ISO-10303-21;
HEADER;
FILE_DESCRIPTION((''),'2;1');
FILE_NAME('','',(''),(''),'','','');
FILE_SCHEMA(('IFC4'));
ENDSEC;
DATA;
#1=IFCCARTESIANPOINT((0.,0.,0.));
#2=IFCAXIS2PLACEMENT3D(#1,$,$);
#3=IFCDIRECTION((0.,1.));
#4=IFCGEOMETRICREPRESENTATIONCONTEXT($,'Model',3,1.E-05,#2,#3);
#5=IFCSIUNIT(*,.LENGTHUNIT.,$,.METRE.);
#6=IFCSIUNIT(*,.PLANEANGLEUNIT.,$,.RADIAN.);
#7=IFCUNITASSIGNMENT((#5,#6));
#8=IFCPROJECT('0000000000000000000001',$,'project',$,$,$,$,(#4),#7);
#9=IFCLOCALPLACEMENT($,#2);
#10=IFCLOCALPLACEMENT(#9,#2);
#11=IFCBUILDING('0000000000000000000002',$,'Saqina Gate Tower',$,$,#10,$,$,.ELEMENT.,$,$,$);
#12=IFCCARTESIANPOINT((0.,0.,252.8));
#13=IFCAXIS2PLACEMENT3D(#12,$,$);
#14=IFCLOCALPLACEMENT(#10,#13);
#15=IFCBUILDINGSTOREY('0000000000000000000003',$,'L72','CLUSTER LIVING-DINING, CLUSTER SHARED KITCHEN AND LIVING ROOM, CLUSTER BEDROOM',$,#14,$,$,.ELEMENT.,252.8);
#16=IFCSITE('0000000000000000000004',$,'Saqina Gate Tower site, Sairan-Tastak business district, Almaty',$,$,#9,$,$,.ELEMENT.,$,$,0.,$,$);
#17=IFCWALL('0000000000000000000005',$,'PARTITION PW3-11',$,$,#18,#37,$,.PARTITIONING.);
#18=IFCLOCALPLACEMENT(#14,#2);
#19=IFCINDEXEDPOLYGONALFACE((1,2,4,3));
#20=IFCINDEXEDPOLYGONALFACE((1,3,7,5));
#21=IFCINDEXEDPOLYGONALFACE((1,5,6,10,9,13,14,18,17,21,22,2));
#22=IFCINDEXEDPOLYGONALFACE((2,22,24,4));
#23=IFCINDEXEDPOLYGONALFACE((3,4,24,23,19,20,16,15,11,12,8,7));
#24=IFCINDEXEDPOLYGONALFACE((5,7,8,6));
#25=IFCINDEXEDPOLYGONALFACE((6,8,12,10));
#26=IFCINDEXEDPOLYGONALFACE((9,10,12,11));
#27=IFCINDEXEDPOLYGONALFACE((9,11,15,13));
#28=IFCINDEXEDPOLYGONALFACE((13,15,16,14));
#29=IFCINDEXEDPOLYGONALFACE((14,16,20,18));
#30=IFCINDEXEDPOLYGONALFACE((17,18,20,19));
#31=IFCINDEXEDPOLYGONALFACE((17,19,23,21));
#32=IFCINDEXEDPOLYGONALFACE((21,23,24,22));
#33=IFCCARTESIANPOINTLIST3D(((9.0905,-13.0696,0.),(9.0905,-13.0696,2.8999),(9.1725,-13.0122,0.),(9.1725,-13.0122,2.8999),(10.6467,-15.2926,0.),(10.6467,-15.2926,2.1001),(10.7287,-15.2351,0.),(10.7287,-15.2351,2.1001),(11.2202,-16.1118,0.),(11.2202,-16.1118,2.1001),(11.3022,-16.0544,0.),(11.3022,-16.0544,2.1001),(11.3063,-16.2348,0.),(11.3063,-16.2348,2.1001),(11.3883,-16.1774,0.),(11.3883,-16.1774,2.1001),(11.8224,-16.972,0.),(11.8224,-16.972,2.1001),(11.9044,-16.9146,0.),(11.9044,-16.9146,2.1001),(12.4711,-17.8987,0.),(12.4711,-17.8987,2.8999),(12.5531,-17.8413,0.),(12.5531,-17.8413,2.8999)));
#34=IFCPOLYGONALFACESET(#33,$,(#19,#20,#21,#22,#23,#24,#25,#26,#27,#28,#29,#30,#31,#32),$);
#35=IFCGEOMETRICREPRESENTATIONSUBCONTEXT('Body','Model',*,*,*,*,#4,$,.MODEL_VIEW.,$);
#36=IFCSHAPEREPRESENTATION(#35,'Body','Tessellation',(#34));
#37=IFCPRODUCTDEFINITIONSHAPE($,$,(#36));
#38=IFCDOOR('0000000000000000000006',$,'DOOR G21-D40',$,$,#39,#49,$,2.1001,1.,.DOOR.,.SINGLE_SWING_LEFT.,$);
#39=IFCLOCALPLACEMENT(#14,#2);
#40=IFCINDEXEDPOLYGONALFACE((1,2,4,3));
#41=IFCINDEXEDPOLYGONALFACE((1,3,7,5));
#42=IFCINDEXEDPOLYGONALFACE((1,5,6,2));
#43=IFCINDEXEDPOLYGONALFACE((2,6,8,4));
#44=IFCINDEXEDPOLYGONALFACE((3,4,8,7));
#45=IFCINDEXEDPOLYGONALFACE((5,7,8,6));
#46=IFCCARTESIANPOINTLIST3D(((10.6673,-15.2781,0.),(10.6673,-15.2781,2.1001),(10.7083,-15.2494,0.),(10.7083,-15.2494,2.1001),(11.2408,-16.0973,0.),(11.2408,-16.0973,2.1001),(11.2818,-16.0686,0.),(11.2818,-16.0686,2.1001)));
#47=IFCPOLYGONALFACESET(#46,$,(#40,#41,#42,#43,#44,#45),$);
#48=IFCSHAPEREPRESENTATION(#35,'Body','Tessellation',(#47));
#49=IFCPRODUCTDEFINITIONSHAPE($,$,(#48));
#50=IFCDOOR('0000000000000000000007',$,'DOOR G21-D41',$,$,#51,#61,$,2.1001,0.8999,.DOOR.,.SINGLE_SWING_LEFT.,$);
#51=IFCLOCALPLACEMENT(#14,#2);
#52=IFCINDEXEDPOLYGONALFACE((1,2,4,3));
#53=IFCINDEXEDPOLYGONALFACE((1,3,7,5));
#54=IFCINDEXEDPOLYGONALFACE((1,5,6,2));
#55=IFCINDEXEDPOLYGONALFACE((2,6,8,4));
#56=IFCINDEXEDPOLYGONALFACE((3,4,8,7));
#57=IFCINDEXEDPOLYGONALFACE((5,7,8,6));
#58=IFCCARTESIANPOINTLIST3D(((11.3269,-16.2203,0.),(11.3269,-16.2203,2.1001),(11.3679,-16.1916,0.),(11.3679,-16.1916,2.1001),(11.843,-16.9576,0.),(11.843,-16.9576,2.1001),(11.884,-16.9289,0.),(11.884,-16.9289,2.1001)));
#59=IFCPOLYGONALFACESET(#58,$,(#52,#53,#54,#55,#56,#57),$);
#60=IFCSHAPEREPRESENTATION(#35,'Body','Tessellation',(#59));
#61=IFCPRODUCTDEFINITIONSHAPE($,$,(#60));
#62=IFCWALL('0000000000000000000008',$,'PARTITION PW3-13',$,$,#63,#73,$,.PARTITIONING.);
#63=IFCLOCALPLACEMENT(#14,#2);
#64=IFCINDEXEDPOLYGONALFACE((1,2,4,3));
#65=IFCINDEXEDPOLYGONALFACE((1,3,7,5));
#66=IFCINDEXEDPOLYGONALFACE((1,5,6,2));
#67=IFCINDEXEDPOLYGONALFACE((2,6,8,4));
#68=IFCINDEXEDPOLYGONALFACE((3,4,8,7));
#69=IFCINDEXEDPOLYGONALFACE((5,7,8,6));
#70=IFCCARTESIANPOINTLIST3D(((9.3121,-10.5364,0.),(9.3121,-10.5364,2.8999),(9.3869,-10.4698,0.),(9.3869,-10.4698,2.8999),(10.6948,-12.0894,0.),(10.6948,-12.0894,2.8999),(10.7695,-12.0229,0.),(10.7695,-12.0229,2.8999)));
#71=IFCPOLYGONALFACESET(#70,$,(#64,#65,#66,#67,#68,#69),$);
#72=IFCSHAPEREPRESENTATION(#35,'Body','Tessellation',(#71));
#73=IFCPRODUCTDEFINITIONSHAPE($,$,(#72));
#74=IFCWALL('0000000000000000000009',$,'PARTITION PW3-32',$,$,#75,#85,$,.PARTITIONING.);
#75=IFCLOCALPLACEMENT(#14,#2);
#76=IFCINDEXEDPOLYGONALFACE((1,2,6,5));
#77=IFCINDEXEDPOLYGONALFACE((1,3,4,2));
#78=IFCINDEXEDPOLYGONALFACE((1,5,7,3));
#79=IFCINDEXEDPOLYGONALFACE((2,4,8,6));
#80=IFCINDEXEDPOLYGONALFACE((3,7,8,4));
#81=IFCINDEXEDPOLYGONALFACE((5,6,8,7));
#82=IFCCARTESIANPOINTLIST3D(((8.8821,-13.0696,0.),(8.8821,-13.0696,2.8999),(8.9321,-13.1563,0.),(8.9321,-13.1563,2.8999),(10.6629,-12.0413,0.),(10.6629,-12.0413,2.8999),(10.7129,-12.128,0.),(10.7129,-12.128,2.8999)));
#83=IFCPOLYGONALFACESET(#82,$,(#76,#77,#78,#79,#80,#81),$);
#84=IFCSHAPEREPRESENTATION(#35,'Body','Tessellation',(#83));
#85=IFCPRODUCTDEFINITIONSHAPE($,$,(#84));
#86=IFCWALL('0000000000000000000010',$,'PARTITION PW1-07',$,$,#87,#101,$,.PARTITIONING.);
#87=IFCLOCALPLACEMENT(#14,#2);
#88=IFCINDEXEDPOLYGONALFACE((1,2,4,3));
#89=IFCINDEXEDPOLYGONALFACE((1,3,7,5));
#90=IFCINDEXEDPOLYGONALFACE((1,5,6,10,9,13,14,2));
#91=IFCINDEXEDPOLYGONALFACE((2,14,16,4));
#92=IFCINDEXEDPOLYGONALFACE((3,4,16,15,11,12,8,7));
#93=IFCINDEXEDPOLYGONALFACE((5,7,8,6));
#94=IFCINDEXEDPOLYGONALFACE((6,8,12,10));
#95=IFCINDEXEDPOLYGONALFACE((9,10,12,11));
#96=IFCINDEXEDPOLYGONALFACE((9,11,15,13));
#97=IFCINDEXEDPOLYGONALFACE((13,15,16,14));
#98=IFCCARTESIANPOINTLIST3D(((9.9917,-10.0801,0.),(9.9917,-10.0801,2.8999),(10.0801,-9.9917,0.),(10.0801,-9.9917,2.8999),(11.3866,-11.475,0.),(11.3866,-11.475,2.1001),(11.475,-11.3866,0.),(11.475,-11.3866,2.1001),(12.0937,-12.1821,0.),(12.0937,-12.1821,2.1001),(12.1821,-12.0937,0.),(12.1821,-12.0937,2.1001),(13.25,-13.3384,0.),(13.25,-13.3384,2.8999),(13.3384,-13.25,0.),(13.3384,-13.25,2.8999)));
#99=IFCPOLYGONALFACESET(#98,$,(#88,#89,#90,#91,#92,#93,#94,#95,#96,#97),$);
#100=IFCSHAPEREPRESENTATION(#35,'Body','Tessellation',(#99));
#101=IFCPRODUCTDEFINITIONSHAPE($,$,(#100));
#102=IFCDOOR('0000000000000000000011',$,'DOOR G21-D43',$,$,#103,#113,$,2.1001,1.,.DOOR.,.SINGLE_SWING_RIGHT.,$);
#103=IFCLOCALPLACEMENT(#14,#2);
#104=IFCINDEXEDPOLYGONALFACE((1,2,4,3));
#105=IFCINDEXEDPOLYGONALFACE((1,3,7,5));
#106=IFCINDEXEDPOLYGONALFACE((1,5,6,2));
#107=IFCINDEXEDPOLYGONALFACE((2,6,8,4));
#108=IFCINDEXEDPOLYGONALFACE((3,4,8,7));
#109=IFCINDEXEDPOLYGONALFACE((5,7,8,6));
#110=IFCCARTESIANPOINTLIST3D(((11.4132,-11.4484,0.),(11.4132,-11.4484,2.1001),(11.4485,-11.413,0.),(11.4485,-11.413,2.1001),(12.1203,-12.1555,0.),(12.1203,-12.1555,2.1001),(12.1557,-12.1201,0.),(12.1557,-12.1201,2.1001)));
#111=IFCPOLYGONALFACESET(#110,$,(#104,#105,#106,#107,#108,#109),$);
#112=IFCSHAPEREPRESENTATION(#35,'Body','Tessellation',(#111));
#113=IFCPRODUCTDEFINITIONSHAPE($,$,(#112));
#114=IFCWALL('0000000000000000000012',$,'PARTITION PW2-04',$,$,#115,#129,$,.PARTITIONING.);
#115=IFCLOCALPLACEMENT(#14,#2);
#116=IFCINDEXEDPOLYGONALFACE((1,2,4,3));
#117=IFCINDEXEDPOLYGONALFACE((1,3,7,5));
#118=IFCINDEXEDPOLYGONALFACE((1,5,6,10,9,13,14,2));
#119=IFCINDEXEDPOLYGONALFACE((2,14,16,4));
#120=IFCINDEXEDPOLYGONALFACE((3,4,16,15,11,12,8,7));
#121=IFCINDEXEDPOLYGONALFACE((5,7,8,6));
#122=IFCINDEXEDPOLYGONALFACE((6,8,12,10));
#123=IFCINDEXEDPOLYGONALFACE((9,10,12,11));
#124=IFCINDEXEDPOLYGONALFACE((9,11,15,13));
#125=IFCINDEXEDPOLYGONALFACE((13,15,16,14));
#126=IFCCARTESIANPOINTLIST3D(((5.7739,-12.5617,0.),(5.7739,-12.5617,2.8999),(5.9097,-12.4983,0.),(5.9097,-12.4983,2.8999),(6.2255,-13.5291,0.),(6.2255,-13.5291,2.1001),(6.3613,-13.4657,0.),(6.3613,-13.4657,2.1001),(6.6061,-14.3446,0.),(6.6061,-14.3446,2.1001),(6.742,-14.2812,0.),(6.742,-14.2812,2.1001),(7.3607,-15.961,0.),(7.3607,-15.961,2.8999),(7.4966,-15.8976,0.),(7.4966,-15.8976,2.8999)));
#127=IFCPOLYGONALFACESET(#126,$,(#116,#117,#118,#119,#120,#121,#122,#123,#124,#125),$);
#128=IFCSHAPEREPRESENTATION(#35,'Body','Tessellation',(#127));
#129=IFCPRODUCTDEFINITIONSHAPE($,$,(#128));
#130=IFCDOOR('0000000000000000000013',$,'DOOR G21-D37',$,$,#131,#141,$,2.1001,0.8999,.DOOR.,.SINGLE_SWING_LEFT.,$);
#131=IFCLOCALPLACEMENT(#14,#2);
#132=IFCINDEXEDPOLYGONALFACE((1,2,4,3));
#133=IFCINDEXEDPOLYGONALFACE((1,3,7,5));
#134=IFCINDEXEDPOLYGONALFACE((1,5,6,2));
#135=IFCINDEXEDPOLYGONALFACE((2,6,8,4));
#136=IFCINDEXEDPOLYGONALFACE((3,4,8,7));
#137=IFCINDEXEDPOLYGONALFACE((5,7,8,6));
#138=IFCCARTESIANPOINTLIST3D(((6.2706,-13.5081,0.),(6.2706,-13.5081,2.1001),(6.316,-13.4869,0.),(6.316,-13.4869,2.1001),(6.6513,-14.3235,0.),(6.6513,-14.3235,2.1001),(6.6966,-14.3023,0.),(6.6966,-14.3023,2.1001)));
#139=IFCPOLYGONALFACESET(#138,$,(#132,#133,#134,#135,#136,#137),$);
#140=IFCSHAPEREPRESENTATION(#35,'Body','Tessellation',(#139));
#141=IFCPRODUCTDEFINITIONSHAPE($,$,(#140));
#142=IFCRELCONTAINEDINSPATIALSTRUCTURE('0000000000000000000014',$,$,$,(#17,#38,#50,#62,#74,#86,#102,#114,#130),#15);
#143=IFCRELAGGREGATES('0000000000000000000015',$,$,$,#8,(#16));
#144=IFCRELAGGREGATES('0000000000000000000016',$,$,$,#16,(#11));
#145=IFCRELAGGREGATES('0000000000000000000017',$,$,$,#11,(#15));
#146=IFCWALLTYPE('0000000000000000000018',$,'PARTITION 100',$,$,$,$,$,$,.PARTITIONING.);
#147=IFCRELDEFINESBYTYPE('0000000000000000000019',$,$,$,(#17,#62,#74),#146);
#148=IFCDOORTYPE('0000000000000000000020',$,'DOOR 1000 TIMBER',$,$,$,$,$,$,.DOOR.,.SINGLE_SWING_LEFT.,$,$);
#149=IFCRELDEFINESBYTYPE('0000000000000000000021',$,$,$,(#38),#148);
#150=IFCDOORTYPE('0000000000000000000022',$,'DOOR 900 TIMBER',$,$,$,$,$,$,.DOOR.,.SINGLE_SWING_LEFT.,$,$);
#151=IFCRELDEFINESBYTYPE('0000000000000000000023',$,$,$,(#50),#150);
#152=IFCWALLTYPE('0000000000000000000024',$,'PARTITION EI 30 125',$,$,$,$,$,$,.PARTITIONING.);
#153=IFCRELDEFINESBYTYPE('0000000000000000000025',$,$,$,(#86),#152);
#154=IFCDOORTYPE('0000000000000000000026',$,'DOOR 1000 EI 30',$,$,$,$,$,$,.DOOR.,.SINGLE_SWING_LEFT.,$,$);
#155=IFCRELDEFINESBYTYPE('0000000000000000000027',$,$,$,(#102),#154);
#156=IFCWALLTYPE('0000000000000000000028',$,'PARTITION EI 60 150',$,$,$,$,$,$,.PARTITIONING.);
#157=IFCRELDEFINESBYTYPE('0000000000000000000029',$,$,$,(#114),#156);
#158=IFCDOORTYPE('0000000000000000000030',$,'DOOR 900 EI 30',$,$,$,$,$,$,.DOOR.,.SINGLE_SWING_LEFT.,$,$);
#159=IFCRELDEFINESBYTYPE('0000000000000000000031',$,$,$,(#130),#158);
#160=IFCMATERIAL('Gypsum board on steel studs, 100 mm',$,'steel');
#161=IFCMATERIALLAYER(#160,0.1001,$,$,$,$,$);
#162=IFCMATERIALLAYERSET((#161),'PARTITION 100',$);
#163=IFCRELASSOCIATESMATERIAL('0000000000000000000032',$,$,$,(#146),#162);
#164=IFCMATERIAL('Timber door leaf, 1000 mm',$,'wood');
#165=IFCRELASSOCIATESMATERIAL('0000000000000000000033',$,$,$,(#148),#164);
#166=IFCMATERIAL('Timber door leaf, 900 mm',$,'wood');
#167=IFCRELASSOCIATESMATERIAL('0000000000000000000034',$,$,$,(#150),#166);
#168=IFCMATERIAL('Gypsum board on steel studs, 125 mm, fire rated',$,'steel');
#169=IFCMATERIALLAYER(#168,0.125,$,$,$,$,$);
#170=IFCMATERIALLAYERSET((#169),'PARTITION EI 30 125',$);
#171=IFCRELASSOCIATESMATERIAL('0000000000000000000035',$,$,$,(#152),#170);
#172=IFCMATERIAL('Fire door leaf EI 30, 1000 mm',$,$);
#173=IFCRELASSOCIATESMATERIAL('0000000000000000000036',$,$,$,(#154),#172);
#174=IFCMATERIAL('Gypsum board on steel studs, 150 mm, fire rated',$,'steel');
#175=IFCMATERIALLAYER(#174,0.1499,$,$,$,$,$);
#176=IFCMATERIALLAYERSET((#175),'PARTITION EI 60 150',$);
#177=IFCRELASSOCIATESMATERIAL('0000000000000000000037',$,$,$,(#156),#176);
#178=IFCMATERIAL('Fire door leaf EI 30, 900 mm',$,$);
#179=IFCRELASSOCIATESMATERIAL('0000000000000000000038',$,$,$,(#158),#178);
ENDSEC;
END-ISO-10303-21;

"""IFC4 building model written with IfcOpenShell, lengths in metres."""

from ifc_helpers import new_model, si_unit, direction, frame, frame_2d, origin, place, context, subcontext, project, spatial, rectangle, extrude, material, layer, layer_set, type_object, element, fill, save


model = new_model("IFC4")

# Units and contexts
model_context = context("Model", 3, precision=1e-05, world=origin(), true_north=direction((0.0, 1.0)))
body_context = subcontext(model_context, "Body", "Model", "MODEL_VIEW")
ifc_project = project(units=[si_unit("LENGTHUNIT", "METRE"), si_unit("PLANEANGLEUNIT", "RADIAN")], contexts=[model_context])

# Site, building, storey
site_placement = place(None, origin())
site = spatial("IfcSite", under=ifc_project, at=site_placement, Name="Saqina Gate Tower site, Sairan-Tastak business district, Almaty", CompositionType="ELEMENT", RefElevation=0.0)
building_placement = place(site_placement, origin())
building = spatial("IfcBuilding", under=site, at=building_placement, Name="Saqina Gate Tower", CompositionType="ELEMENT")
storey_placement = place(building_placement, frame((0.0, 0.0, 252.8)))
storey = spatial("IfcBuildingStorey", under=building, at=storey_placement, Name="L72", Description="CLUSTER LIVING-DINING, CLUSTER SHARED KITCHEN AND LIVING ROOM, CLUSTER BEDROOM", CompositionType="ELEMENT", Elevation=252.8)

# Shared definitions
ifc_material_1 = material(Name="Gypsum board on steel studs, 100 mm", Category="steel")
ifc_layer_1 = layer(ifc_material_1, 0.1001)
ifc_layer_set_1 = layer_set([ifc_layer_1], Name="PARTITION 100")
wall_type_1 = type_object("IfcWallType", Name="PARTITION 100", PredefinedType="PARTITIONING", material=ifc_layer_set_1)

# Wall, openings, doors
wall_1_placement = place(storey_placement, frame((9.1316, -13.041, 0.0), z_axis=(0.0, 0.0, 1.0), x_axis=(0.57349, -0.819212, 0.0)))
wall_1 = element("IfcWall", 1, at=wall_1_placement, inside=storey, type_object=wall_type_1, Name="PARTITION PW3-11", PredefinedType="PARTITIONING", context=body_context, shape_type="SweptSolid", body=[
    extrude(rectangle(XDim=5.8948, YDim=0.1001, at=frame_2d((2.9473, 0.0))), origin(), (0.0, 0.0, 1.0), 2.8999),
])
opening_1_placement = place(wall_1_placement, frame((2.7134, 0.0, 0.0)))
opening_1 = element("IfcOpeningElement", 2, at=opening_1_placement, cuts=wall_1, PredefinedType="OPENING", context=body_context, shape_type="SweptSolid", body=[
    extrude(rectangle(XDim=1.0, YDim=2.1001, at=frame_2d((0.5, 1.05))), frame((0.0, 0.062, 0.0), z_axis=(0.0, -1.0, 0.0), x_axis=(1.0, 0.0, 0.0)), (0.0, 0.0, 1.0), 0.124),
])
opening_2_placement = place(wall_1_placement, frame((3.8635, 0.0, 0.0)))
opening_2 = element("IfcOpeningElement", 3, at=opening_2_placement, cuts=wall_1, PredefinedType="OPENING", context=body_context, shape_type="SweptSolid", body=[
    extrude(rectangle(XDim=0.8999, YDim=2.1001, at=frame_2d((0.45, 1.05))), frame((0.0, 0.062, 0.0), z_axis=(0.0, -1.0, 0.0), x_axis=(1.0, 0.0, 0.0)), (0.0, 0.0, 1.0), 0.124),
])
ifc_material_2 = material(Name="Timber door leaf, 1000 mm", Category="wood")
door_type_1 = type_object("IfcDoorType", Name="DOOR 1000 TIMBER", OperationType="SINGLE_SWING_LEFT", PredefinedType="DOOR", material=ifc_material_2)
door_1_placement = place(opening_1_placement, frame((1.0, 0.0, 0.0), z_axis=(0.0, 0.0, 1.0), x_axis=(-1.0, 0.0, 0.0)))
door_1 = element("IfcDoor", 4, at=door_1_placement, inside=storey, type_object=door_type_1, Name="DOOR G21-D40", OperationType="SINGLE_SWING_LEFT", OverallHeight=2.1001, OverallWidth=1.0, PredefinedType="DOOR", context=body_context, shape_type="SweptSolid", body=[
    extrude(rectangle(XDim=1.0, YDim=2.1001, at=frame_2d((0.5, 1.05))), frame((0.0, 0.0249, 0.0), z_axis=(0.0, -1.0, 0.0), x_axis=(1.0, 0.0, 0.0)), (0.0, 0.0, 1.0), 0.05),
])
fill(opening_1, door_1)
ifc_material_3 = material(Name="Timber door leaf, 900 mm", Category="wood")
door_type_2 = type_object("IfcDoorType", Name="DOOR 900 TIMBER", OperationType="SINGLE_SWING_LEFT", PredefinedType="DOOR", material=ifc_material_3)
door_2_placement = place(opening_2_placement, frame((0.8999, 0.0, 0.0), z_axis=(0.0, 0.0, 1.0), x_axis=(-1.0, 0.0, 0.0)))
door_2 = element("IfcDoor", 5, at=door_2_placement, inside=storey, type_object=door_type_2, Name="DOOR G21-D41", OperationType="SINGLE_SWING_LEFT", OverallHeight=2.1001, OverallWidth=0.8999, PredefinedType="DOOR", context=body_context, shape_type="SweptSolid", body=[
    extrude(rectangle(XDim=0.8999, YDim=2.1001, at=frame_2d((0.45, 1.05))), frame((0.0, 0.0249, 0.0), z_axis=(0.0, -1.0, 0.0), x_axis=(1.0, 0.0, 0.0)), (0.0, 0.0, 1.0), 0.05),
])
fill(opening_2, door_2)

# Walls
wall_2_placement = place(storey_placement, frame((9.3496, -10.5032, 0.0), z_axis=(0.0, 0.0, 1.0), x_axis=(0.664939, -0.746897, 0.0)))
element("IfcWall", 6, at=wall_2_placement, inside=storey, type_object=wall_type_1, Name="PARTITION PW3-13", PredefinedType="PARTITIONING", context=body_context, shape_type="SweptSolid", body=[
    extrude(rectangle(XDim=2.0793, YDim=0.1001, at=frame_2d((1.0396, 0.0))), origin(), (0.0, 0.0, 1.0), 2.8999),
])
wall_3_placement = place(storey_placement, frame((8.907, -13.113, 0.0), z_axis=(0.0, 0.0, 1.0), x_axis=(0.865984, 0.500072, 0.0)))
element("IfcWall", 7, at=wall_3_placement, inside=storey, type_object=wall_type_1, Name="PARTITION PW3-32", PredefinedType="PARTITIONING", context=body_context, shape_type="SweptSolid", body=[
    extrude(rectangle(XDim=2.0564, YDim=0.1001, at=frame_2d((1.0283, 0.0))), origin(), (0.0, 0.0, 1.0), 2.8999),
])

# Walls, openings, doors
ifc_material_4 = material(Name="Gypsum board on steel studs, 125 mm, fire rated", Category="steel")
ifc_layer_2 = layer(ifc_material_4, 0.125)
ifc_layer_set_2 = layer_set([ifc_layer_2], Name="PARTITION EI 30 125")
wall_type_2 = type_object("IfcWallType", Name="PARTITION EI 30 125", PredefinedType="PARTITIONING", material=ifc_layer_set_2)
wall_4_placement = place(storey_placement, frame((10.0359, -10.0359, 0.0), z_axis=(0.0, 0.0, 1.0), x_axis=(0.707107, -0.707107, 0.0)))
wall_4 = element("IfcWall", 8, at=wall_4_placement, inside=storey, type_object=wall_type_2, Name="PARTITION PW1-07", PredefinedType="PARTITIONING", context=body_context, shape_type="SweptSolid", body=[
    extrude(rectangle(XDim=4.6079, YDim=0.125, at=frame_2d((2.304, 0.0))), origin(), (0.0, 0.0, 1.0), 2.8999),
])
opening_3_placement = place(wall_4_placement, frame((1.9727, 0.0, 0.0)))
opening_3 = element("IfcOpeningElement", 9, at=opening_3_placement, cuts=wall_4, PredefinedType="OPENING", context=body_context, shape_type="SweptSolid", body=[
    extrude(rectangle(XDim=1.0, YDim=2.1001, at=frame_2d((0.5, 1.05))), frame((0.0, 0.0745, 0.0), z_axis=(0.0, -1.0, 0.0), x_axis=(1.0, 0.0, 0.0)), (0.0, 0.0, 1.0), 0.1489),
])
ifc_material_5 = material(Name="Fire door leaf EI 30, 1000 mm")
door_type_3 = type_object("IfcDoorType", Name="DOOR 1000 EI 30", OperationType="SINGLE_SWING_LEFT", PredefinedType="DOOR", material=ifc_material_5)
door_3_placement = place(opening_3_placement, frame((1.0, 0.0, 0.0), z_axis=(0.0, 0.0, 1.0), x_axis=(-1.0, 0.0, 0.0)))
door_3 = element("IfcDoor", 10, at=door_3_placement, inside=storey, type_object=door_type_3, Name="DOOR G21-D43", OperationType="SINGLE_SWING_RIGHT", OverallHeight=2.1001, OverallWidth=1.0, PredefinedType="DOOR", context=body_context, shape_type="SweptSolid", body=[
    extrude(rectangle(XDim=1.0, YDim=2.1001, at=frame_2d((0.5, 1.05))), frame((0.0, 0.0249, 0.0), z_axis=(0.0, -1.0, 0.0), x_axis=(1.0, 0.0, 0.0)), (0.0, 0.0, 1.0), 0.05),
])
fill(opening_3, door_3)
ifc_material_6 = material(Name="Gypsum board on steel studs, 150 mm, fire rated", Category="steel")
ifc_layer_3 = layer(ifc_material_6, 0.1499)
ifc_layer_set_3 = layer_set([ifc_layer_3], Name="PARTITION EI 60 150")
wall_type_3 = type_object("IfcWallType", Name="PARTITION EI 60 150", PredefinedType="PARTITIONING", material=ifc_layer_set_3)
wall_5_placement = place(storey_placement, frame((5.8418, -12.53, 0.0), z_axis=(0.0, 0.0, 1.0), x_axis=(0.422999, -0.90613, 0.0)))
wall_5 = element("IfcWall", 11, at=wall_5_placement, inside=storey, type_object=wall_type_3, Name="PARTITION PW2-04", PredefinedType="PARTITIONING", context=body_context, shape_type="SweptSolid", body=[
    extrude(rectangle(XDim=3.7515, YDim=0.1499, at=frame_2d((1.8757, 0.0))), origin(), (0.0, 0.0, 1.0), 2.8999),
])
opening_4_placement = place(wall_5_placement, frame((1.0676, 0.0, 0.0)))
opening_4 = element("IfcOpeningElement", 12, at=opening_4_placement, cuts=wall_5, PredefinedType="OPENING", context=body_context, shape_type="SweptSolid", body=[
    extrude(rectangle(XDim=0.8999, YDim=2.1001, at=frame_2d((0.45, 1.05))), frame((0.0, 0.0869, 0.0), z_axis=(0.0, -1.0, 0.0), x_axis=(1.0, 0.0, 0.0)), (0.0, 0.0, 1.0), 0.1738),
])
ifc_material_7 = material(Name="Fire door leaf EI 30, 900 mm")
door_type_4 = type_object("IfcDoorType", Name="DOOR 900 EI 30", OperationType="SINGLE_SWING_LEFT", PredefinedType="DOOR", material=ifc_material_7)
door_4_placement = place(opening_4_placement, origin())
door_4 = element("IfcDoor", 13, at=door_4_placement, inside=storey, type_object=door_type_4, Name="DOOR G21-D37", OperationType="SINGLE_SWING_LEFT", OverallHeight=2.1001, OverallWidth=0.8999, PredefinedType="DOOR", context=body_context, shape_type="SweptSolid", body=[
    extrude(rectangle(XDim=0.8999, YDim=2.1001, at=frame_2d((0.45, 1.05))), frame((0.0, 0.0249, 0.0), z_axis=(0.0, -1.0, 0.0), x_axis=(1.0, 0.0, 0.0)), (0.0, 0.0, 1.0), 0.05),
])
fill(opening_4, door_4)

save(model, "model.ifc")
